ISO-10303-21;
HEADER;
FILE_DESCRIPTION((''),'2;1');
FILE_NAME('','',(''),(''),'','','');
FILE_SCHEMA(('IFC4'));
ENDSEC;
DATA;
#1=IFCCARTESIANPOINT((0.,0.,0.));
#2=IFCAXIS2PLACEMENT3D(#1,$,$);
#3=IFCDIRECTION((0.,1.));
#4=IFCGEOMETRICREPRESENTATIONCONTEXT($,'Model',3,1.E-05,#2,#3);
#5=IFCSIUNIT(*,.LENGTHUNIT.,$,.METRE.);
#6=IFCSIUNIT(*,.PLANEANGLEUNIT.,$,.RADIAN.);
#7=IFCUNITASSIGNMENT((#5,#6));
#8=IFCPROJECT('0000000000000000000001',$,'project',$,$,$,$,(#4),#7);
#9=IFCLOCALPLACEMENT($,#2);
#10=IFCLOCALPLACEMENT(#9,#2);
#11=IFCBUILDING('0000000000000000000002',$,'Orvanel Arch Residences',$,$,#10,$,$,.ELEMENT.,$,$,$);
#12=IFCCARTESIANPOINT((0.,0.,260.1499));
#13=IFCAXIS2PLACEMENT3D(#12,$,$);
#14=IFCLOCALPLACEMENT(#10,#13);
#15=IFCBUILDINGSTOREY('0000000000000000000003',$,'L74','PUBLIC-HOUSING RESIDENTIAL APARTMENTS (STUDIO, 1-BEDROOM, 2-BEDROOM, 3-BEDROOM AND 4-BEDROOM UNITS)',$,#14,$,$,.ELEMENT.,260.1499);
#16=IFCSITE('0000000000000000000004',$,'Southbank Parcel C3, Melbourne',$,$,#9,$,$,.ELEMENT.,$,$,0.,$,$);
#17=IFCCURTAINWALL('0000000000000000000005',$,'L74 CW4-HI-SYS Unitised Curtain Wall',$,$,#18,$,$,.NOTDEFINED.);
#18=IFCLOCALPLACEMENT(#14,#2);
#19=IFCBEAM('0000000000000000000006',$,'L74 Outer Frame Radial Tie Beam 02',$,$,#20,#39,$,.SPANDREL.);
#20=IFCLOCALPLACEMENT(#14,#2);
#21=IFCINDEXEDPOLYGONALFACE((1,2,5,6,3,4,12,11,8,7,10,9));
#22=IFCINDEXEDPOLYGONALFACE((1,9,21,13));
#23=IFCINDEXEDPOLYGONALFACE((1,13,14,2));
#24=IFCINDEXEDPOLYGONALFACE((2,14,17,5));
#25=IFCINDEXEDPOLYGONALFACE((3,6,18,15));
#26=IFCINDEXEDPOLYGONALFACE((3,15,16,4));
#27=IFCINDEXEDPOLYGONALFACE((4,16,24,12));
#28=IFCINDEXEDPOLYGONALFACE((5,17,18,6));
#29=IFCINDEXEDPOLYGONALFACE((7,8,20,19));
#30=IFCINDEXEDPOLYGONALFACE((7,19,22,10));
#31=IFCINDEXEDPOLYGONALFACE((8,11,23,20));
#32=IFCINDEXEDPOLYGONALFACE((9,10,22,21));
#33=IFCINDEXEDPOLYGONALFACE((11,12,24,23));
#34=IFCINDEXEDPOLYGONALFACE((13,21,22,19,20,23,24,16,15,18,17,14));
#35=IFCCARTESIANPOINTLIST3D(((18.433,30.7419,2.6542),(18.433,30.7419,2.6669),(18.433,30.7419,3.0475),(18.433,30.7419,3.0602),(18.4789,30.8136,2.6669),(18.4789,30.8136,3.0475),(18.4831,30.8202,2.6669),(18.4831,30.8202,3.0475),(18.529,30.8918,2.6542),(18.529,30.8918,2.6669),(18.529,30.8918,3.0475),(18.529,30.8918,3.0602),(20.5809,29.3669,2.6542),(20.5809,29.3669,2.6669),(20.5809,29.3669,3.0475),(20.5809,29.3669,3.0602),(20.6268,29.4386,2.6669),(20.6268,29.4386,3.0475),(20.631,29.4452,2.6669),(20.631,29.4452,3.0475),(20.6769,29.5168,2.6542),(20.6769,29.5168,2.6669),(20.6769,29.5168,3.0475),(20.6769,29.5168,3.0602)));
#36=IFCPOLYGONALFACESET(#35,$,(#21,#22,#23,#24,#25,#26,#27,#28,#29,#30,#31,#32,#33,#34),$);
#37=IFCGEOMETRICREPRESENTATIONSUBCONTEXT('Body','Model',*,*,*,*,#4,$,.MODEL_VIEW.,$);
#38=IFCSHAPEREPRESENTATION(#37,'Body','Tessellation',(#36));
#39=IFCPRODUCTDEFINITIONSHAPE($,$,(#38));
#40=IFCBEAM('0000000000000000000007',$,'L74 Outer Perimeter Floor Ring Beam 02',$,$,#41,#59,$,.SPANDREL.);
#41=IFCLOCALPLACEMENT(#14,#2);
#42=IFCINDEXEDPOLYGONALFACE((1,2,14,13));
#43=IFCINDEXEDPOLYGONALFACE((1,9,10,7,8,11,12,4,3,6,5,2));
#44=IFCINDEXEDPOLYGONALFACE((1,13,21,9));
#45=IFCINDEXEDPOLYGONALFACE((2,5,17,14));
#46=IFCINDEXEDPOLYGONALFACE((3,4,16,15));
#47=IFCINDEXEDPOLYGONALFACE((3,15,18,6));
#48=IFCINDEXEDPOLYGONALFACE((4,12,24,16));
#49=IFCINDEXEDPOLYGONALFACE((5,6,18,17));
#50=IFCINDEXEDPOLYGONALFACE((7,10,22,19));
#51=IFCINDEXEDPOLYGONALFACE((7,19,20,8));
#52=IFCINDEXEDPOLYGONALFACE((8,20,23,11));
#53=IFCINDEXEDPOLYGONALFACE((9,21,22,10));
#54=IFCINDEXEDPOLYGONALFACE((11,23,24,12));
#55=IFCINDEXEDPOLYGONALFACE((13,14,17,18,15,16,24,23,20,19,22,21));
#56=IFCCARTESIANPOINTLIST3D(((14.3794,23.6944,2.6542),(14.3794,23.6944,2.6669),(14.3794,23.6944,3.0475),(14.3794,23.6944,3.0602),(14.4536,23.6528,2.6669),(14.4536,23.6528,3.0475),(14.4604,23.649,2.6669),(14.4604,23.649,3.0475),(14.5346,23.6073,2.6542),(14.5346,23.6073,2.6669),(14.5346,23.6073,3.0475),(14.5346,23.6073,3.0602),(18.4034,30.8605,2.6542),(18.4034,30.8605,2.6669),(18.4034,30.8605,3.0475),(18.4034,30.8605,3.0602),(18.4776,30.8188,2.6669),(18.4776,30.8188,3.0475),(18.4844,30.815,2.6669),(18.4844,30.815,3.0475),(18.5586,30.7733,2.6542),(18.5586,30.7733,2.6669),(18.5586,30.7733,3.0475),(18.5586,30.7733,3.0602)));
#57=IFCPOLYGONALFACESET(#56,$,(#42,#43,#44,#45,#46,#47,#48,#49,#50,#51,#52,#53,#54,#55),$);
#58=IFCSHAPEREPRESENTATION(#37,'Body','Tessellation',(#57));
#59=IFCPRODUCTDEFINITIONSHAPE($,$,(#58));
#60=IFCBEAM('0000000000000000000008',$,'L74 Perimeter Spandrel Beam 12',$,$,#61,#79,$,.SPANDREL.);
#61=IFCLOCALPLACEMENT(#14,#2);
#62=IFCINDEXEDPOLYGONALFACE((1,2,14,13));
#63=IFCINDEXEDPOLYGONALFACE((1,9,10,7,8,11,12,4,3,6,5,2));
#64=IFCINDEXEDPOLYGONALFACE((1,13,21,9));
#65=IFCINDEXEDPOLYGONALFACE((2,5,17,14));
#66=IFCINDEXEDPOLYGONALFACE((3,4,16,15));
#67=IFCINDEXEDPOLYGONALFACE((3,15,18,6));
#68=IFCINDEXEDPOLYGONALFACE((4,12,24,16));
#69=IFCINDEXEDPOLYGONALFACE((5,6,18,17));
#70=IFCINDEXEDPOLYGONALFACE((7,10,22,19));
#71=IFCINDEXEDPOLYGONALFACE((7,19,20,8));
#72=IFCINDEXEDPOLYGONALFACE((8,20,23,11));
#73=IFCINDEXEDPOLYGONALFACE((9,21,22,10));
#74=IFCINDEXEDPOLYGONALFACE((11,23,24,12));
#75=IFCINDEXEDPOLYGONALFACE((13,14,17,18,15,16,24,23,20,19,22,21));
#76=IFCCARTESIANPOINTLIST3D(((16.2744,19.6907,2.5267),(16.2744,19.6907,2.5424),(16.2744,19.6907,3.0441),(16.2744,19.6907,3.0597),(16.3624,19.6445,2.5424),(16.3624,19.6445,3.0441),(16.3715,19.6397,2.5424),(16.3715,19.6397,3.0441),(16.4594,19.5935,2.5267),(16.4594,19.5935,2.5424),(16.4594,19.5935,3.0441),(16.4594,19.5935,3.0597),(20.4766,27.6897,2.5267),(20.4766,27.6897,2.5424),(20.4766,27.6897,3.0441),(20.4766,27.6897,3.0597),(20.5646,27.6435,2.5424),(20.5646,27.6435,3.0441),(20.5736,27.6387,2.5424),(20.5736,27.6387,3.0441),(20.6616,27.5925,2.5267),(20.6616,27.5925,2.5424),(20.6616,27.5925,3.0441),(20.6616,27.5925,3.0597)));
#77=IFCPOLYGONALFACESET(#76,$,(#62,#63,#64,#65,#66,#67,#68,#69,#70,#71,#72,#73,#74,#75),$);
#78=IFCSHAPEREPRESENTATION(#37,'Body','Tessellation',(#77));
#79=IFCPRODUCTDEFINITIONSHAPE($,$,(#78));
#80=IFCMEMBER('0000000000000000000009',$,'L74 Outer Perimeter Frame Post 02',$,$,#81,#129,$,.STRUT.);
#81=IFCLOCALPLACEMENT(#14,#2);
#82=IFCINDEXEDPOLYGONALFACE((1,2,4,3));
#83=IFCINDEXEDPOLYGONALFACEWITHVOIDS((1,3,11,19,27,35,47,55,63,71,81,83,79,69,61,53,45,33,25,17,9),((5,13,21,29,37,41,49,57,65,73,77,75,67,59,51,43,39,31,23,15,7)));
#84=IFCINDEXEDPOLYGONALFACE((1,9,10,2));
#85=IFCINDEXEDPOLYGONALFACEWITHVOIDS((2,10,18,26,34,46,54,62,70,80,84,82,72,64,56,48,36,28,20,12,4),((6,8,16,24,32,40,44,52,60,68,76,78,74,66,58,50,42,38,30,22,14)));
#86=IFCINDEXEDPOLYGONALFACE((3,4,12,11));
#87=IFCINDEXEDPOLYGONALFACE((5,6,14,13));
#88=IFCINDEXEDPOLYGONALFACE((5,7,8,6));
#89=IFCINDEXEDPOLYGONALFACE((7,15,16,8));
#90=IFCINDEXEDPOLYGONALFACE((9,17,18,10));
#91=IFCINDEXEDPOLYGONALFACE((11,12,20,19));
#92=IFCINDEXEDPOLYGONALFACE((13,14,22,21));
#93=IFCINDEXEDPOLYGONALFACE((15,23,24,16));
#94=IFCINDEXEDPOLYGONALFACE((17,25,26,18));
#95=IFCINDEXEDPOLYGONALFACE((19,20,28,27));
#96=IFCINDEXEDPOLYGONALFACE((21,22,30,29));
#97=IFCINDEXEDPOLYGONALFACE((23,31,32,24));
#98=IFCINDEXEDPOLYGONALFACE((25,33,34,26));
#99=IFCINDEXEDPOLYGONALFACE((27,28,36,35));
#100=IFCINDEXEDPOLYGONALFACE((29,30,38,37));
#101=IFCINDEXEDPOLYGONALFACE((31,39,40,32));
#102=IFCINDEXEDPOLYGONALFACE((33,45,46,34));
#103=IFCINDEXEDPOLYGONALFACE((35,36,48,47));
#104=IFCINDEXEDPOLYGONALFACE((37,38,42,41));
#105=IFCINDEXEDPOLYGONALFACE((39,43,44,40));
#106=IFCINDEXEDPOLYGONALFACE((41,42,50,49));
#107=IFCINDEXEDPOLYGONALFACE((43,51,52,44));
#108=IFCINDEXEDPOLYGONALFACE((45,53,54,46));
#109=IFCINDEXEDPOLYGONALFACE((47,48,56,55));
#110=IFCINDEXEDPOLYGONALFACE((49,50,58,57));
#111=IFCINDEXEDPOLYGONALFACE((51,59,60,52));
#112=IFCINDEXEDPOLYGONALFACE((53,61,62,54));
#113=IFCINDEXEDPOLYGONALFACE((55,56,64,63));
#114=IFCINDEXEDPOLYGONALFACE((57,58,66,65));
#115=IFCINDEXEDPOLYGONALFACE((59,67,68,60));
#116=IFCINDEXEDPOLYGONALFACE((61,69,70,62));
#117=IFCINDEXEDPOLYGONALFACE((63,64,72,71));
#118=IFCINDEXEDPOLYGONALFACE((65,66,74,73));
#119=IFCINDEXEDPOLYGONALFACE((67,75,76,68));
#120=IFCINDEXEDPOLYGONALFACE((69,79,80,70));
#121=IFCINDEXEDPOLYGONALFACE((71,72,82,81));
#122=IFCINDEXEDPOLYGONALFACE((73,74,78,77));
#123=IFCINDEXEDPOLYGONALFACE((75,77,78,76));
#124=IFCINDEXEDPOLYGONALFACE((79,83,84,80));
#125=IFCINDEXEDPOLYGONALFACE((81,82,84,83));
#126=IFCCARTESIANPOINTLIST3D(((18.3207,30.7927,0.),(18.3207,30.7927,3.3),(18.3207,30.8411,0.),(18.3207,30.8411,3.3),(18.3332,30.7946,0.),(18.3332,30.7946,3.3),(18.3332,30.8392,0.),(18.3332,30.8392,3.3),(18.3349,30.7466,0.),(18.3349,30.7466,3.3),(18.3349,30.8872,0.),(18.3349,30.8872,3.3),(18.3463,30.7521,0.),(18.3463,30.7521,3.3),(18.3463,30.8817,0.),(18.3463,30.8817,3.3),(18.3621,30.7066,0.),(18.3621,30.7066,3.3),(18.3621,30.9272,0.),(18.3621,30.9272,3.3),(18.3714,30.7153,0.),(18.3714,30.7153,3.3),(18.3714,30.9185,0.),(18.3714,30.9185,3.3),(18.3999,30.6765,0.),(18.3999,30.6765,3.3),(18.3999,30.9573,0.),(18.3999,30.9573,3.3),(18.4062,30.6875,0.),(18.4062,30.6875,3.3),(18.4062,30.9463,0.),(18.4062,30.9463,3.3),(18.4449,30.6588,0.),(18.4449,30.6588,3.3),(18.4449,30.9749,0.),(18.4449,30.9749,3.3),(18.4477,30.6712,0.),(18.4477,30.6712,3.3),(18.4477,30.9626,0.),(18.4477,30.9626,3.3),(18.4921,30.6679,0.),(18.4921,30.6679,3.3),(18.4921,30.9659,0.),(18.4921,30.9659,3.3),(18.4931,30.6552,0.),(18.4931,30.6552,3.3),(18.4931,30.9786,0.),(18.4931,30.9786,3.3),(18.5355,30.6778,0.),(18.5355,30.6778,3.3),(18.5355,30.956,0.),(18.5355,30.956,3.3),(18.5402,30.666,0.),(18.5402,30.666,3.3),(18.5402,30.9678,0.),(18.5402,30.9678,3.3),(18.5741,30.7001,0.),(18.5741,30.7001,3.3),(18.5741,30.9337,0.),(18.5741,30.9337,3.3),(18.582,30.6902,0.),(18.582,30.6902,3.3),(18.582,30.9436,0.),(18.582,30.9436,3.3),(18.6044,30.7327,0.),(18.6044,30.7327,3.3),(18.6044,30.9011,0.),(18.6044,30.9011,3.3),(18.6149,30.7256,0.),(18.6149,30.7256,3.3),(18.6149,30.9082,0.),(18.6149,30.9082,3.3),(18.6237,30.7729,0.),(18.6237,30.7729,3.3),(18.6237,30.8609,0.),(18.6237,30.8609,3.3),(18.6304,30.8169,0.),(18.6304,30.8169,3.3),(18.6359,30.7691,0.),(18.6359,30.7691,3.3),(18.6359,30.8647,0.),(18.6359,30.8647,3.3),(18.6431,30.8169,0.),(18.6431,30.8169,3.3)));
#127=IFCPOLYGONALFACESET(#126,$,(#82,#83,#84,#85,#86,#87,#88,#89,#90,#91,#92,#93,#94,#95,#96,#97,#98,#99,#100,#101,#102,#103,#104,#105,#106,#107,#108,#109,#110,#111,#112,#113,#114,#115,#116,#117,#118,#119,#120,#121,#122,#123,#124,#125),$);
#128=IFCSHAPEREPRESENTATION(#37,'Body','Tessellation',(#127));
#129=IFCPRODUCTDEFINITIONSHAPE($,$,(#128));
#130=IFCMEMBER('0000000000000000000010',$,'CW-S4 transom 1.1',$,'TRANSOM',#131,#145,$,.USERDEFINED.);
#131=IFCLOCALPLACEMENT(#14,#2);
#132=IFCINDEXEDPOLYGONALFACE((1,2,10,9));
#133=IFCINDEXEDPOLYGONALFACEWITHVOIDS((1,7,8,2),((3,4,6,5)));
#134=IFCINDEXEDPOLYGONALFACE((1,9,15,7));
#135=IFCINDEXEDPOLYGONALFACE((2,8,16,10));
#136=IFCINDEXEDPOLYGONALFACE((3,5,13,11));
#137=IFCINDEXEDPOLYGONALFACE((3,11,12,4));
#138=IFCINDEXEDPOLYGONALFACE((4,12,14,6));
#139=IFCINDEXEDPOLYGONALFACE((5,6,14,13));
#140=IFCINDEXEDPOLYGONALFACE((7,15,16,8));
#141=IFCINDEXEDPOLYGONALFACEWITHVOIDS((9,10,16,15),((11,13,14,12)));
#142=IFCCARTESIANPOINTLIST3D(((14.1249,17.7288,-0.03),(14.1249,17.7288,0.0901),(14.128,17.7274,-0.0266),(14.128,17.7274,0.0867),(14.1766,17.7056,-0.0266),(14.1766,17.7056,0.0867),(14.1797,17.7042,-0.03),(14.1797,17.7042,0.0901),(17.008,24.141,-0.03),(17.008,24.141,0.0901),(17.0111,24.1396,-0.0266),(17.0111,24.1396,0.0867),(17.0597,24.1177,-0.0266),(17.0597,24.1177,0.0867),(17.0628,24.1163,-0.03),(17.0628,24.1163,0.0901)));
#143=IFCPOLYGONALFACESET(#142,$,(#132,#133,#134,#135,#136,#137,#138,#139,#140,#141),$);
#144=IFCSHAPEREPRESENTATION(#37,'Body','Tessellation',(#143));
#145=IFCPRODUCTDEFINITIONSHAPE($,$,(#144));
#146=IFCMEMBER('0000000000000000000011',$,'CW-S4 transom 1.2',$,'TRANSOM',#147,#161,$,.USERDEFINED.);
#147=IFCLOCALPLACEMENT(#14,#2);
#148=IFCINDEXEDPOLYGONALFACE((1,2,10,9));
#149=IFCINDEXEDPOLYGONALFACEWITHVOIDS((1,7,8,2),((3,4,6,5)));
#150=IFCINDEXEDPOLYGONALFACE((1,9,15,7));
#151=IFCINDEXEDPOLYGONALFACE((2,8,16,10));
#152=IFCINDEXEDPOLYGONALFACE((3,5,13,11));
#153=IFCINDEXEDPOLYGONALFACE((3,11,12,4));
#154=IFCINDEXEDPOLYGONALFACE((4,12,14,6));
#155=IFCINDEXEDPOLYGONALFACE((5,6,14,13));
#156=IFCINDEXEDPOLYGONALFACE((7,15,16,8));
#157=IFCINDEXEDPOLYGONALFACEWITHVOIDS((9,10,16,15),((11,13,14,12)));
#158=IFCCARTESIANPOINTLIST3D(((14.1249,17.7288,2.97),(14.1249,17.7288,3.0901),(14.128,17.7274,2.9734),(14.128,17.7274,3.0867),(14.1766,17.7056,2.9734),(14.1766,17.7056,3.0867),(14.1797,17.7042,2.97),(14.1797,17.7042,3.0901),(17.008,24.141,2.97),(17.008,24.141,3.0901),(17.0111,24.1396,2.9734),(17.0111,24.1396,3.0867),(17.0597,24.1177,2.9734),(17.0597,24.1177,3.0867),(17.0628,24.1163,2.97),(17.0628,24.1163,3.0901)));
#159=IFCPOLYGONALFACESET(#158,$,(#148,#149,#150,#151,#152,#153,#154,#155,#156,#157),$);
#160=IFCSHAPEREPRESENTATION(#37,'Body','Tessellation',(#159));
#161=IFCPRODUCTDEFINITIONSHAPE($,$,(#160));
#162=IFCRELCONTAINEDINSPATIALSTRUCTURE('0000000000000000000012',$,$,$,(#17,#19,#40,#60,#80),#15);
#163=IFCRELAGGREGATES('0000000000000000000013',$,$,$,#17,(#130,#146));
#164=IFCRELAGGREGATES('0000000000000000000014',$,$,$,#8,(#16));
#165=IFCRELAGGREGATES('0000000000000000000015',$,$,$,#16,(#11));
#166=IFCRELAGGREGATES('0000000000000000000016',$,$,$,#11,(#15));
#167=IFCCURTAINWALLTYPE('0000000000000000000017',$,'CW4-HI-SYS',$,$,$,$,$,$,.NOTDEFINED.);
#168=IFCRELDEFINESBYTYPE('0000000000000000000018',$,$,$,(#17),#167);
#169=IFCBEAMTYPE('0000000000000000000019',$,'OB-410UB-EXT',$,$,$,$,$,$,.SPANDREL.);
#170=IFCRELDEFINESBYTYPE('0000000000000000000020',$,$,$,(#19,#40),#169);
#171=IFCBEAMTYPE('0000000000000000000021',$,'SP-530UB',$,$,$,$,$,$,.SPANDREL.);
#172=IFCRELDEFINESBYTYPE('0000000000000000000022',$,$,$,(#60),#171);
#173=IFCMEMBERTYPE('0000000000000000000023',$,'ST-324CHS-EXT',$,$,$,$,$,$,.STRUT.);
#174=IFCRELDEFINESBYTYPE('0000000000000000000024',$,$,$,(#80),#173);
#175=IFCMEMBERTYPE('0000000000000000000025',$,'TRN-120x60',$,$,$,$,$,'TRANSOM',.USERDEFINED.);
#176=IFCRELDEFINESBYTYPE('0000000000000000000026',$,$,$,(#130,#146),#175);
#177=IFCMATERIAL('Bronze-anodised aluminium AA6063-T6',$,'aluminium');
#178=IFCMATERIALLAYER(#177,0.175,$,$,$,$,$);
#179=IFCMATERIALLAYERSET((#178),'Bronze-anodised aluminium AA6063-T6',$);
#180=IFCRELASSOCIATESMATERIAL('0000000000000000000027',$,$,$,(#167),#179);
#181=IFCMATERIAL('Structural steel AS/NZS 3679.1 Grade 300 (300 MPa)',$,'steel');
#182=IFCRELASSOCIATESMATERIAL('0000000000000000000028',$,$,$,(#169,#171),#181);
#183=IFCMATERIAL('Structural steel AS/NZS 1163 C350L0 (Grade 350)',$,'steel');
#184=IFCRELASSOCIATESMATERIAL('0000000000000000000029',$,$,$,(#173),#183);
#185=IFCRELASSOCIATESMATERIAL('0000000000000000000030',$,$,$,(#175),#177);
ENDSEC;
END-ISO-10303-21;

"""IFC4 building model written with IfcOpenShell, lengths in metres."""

from ifc_helpers import new_model, si_unit, direction, frame, origin, origin_2d, place, context, subcontext, project, spatial, hollow_rectangle, hollow_circle, i_section, extrude, material, layer, layer_set, material_profile, profile_set, type_object, element, aggregate, save


model = new_model("IFC4")

# Units and contexts
model_context = context("Model", 3, precision=1e-05, world=origin(), true_north=direction((0.0, 1.0)))
body_context = subcontext(model_context, "Body", "Model", "MODEL_VIEW")
ifc_project = project(units=[si_unit("LENGTHUNIT", "METRE"), si_unit("PLANEANGLEUNIT", "RADIAN")], contexts=[model_context])

# Site, building, storey
site_placement = place(None, origin())
site = spatial("IfcSite", under=ifc_project, at=site_placement, Name="Southbank Parcel C3, Melbourne", CompositionType="ELEMENT", RefElevation=0.0)
building_placement = place(site_placement, origin())
building = spatial("IfcBuilding", under=site, at=building_placement, Name="Orvanel Arch Residences", CompositionType="ELEMENT")
storey_placement = place(building_placement, frame((0.0, 0.0, 260.1499)))
storey = spatial("IfcBuildingStorey", under=building, at=storey_placement, Name="L74", Description="PUBLIC-HOUSING RESIDENTIAL APARTMENTS (STUDIO, 1-BEDROOM, 2-BEDROOM, 3-BEDROOM AND 4-BEDROOM UNITS)", CompositionType="ELEMENT", Elevation=260.1499)

# Shared definitions
ifc_material_1 = material(Name="Structural steel AS/NZS 1163 C350L0 (Grade 350)", Category="steel")

# Shared definitions
ifc_material_2 = material(Name="Structural steel AS/NZS 3679.1 Grade 300 (300 MPa)", Category="steel")

# Curtain wall
ifc_material_3 = material(Name="Bronze-anodised aluminium AA6063-T6", Category="aluminium")
ifc_layer_1 = layer(ifc_material_3, 0.175)
ifc_layer_set_1 = layer_set([ifc_layer_1], Name="Bronze-anodised aluminium AA6063-T6")
curtain_wall_type = type_object("IfcCurtainWallType", Name="CW4-HI-SYS", PredefinedType="NOTDEFINED", material=ifc_layer_set_1)
curtain_wall_1_placement = place(storey_placement, origin())
curtain_wall_1 = element("IfcCurtainWall", 1, at=curtain_wall_1_placement, inside=storey, type_object=curtain_wall_type, Name="L74 CW4-HI-SYS Unitised Curtain Wall", PredefinedType="NOTDEFINED")

# Beams
ifc_material_profile_1 = material_profile(ifc_material_2, i_section(OverallWidth=0.178, OverallDepth=0.406, WebThickness=0.0078, FlangeThickness=0.0127, at=origin_2d()), Name="410UB59.7")
ifc_profile_set_1 = profile_set([ifc_material_profile_1], Name="Structural steel AS/NZS 3679.1 Grade 300 (300 MPa)")
beam_type_1 = type_object("IfcBeamType", Name="OB-410UB-EXT", PredefinedType="SPANDREL", material=ifc_profile_set_1)
beam_1_placement = place(storey_placement, frame((20.6289, 29.4419, 2.8572), z_axis=(-0.842216, 0.539141, 0.0), x_axis=(-0.539141, -0.842216, 0.0)))
element("IfcBeam", 2, at=beam_1_placement, inside=storey, type_object=beam_type_1, Name="L74 Outer Frame Radial Tie Beam 02", PredefinedType="SPANDREL", context=body_context, shape_type="SweptSolid", body=[
    extrude(i_section(OverallWidth=0.178, OverallDepth=0.406, WebThickness=0.0078, FlangeThickness=0.0127, at=origin_2d()), origin(), (0.0, 0.0, 1.0), 2.5503),
])
beam_2_placement = place(storey_placement, frame((18.481, 30.8169, 2.8572), z_axis=(-0.489618, -0.871937, 0.0), x_axis=(0.871937, -0.489618, 0.0)))
element("IfcBeam", 3, at=beam_2_placement, inside=storey, type_object=beam_type_1, Name="L74 Outer Perimeter Floor Ring Beam 02", PredefinedType="SPANDREL", context=body_context, shape_type="SweptSolid", body=[
    extrude(i_section(OverallWidth=0.178, OverallDepth=0.406, WebThickness=0.0078, FlangeThickness=0.0127, at=origin_2d()), origin(), (0.0, 0.0, 1.0), 8.2185),
])
ifc_material_profile_2 = material_profile(ifc_material_2, i_section(OverallWidth=0.209, OverallDepth=0.533, WebThickness=0.0103, FlangeThickness=0.0156, at=origin_2d()), Name="530UB92.4")
ifc_profile_set_2 = profile_set([ifc_material_profile_2], Name="Structural steel AS/NZS 3679.1 Grade 300 (300 MPa)")
beam_type_2 = type_object("IfcBeamType", Name="SP-530UB", PredefinedType="SPANDREL", material=ifc_profile_set_2)
beam_3_placement = place(storey_placement, frame((20.5691, 27.6411, 2.7932), z_axis=(-0.465065, -0.885277, 0.0), x_axis=(0.885277, -0.465065, 0.0)))
element("IfcBeam", 4, at=beam_3_placement, inside=storey, type_object=beam_type_2, Name="L74 Perimeter Spandrel Beam 12", PredefinedType="SPANDREL", context=body_context, shape_type="SweptSolid", body=[
    extrude(i_section(OverallWidth=0.209, OverallDepth=0.533, WebThickness=0.0103, FlangeThickness=0.0156, at=origin_2d()), origin(), (0.0, 0.0, 1.0), 9.0356),
])

# Members
ifc_material_profile_3 = material_profile(ifc_material_1, hollow_circle(Radius=0.1621, WallThickness=0.0127, at=origin_2d()), Name="CHS324x12.7")
ifc_profile_set_3 = profile_set([ifc_material_profile_3], Name="Structural steel AS/NZS 1163 C350L0 (Grade 350)")
member_type_1 = type_object("IfcMemberType", Name="ST-324CHS-EXT", PredefinedType="STRUT", material=ifc_profile_set_3)
member_1_placement = place(storey_placement, frame((18.481, 30.8169, 0.0), z_axis=(0.0, 0.0, 1.0), x_axis=(1.0, 0.0, 0.0)))
element("IfcMember", 5, at=member_1_placement, inside=storey, type_object=member_type_1, Name="L74 Outer Perimeter Frame Post 02", PredefinedType="STRUT", context=body_context, shape_type="SweptSolid", body=[
    extrude(hollow_circle(Radius=0.1621, WallThickness=0.0127, at=origin_2d()), origin(), (0.0, 0.0, 1.0), 3.3),
])
ifc_material_profile_4 = material_profile(ifc_material_3, hollow_rectangle(XDim=0.0601, YDim=0.1201, WallThickness=0.0034, at=origin_2d()), Name="ALU120x60x3.5")
ifc_profile_set_4 = profile_set([ifc_material_profile_4], Name="Bronze-anodised aluminium AA6063-T6")
member_type_2 = type_object("IfcMemberType", Name="TRN-120x60", ElementType="TRANSOM", PredefinedType="USERDEFINED", material=ifc_profile_set_4)
member_2_placement = place(storey_placement, frame((17.0354, 24.1287, 0.03), z_axis=(-0.410082, -0.912049, 0.0), x_axis=(0.912049, -0.410082, 0.0)))
member_2 = element("IfcMember", 6, at=member_2_placement, type_object=member_type_2, Name="CW-S4 transom 1.1", ObjectType="TRANSOM", PredefinedType="USERDEFINED", context=body_context, shape_type="SweptSolid", body=[
    extrude(hollow_rectangle(XDim=0.0601, YDim=0.1201, WallThickness=0.0034, at=origin_2d()), origin(), (0.0, 0.0, 1.0), 7.0305),
])
member_3_placement = place(storey_placement, frame((17.0354, 24.1287, 3.03), z_axis=(-0.410082, -0.912049, 0.0), x_axis=(0.912049, -0.410082, 0.0)))
member_3 = element("IfcMember", 7, at=member_3_placement, type_object=member_type_2, Name="CW-S4 transom 1.2", ObjectType="TRANSOM", PredefinedType="USERDEFINED", context=body_context, shape_type="SweptSolid", body=[
    extrude(hollow_rectangle(XDim=0.0601, YDim=0.1201, WallThickness=0.0034, at=origin_2d()), origin(), (0.0, 0.0, 1.0), 7.0305),
])
aggregate(curtain_wall_1, [member_2, member_3])

save(model, "model.ifc")
